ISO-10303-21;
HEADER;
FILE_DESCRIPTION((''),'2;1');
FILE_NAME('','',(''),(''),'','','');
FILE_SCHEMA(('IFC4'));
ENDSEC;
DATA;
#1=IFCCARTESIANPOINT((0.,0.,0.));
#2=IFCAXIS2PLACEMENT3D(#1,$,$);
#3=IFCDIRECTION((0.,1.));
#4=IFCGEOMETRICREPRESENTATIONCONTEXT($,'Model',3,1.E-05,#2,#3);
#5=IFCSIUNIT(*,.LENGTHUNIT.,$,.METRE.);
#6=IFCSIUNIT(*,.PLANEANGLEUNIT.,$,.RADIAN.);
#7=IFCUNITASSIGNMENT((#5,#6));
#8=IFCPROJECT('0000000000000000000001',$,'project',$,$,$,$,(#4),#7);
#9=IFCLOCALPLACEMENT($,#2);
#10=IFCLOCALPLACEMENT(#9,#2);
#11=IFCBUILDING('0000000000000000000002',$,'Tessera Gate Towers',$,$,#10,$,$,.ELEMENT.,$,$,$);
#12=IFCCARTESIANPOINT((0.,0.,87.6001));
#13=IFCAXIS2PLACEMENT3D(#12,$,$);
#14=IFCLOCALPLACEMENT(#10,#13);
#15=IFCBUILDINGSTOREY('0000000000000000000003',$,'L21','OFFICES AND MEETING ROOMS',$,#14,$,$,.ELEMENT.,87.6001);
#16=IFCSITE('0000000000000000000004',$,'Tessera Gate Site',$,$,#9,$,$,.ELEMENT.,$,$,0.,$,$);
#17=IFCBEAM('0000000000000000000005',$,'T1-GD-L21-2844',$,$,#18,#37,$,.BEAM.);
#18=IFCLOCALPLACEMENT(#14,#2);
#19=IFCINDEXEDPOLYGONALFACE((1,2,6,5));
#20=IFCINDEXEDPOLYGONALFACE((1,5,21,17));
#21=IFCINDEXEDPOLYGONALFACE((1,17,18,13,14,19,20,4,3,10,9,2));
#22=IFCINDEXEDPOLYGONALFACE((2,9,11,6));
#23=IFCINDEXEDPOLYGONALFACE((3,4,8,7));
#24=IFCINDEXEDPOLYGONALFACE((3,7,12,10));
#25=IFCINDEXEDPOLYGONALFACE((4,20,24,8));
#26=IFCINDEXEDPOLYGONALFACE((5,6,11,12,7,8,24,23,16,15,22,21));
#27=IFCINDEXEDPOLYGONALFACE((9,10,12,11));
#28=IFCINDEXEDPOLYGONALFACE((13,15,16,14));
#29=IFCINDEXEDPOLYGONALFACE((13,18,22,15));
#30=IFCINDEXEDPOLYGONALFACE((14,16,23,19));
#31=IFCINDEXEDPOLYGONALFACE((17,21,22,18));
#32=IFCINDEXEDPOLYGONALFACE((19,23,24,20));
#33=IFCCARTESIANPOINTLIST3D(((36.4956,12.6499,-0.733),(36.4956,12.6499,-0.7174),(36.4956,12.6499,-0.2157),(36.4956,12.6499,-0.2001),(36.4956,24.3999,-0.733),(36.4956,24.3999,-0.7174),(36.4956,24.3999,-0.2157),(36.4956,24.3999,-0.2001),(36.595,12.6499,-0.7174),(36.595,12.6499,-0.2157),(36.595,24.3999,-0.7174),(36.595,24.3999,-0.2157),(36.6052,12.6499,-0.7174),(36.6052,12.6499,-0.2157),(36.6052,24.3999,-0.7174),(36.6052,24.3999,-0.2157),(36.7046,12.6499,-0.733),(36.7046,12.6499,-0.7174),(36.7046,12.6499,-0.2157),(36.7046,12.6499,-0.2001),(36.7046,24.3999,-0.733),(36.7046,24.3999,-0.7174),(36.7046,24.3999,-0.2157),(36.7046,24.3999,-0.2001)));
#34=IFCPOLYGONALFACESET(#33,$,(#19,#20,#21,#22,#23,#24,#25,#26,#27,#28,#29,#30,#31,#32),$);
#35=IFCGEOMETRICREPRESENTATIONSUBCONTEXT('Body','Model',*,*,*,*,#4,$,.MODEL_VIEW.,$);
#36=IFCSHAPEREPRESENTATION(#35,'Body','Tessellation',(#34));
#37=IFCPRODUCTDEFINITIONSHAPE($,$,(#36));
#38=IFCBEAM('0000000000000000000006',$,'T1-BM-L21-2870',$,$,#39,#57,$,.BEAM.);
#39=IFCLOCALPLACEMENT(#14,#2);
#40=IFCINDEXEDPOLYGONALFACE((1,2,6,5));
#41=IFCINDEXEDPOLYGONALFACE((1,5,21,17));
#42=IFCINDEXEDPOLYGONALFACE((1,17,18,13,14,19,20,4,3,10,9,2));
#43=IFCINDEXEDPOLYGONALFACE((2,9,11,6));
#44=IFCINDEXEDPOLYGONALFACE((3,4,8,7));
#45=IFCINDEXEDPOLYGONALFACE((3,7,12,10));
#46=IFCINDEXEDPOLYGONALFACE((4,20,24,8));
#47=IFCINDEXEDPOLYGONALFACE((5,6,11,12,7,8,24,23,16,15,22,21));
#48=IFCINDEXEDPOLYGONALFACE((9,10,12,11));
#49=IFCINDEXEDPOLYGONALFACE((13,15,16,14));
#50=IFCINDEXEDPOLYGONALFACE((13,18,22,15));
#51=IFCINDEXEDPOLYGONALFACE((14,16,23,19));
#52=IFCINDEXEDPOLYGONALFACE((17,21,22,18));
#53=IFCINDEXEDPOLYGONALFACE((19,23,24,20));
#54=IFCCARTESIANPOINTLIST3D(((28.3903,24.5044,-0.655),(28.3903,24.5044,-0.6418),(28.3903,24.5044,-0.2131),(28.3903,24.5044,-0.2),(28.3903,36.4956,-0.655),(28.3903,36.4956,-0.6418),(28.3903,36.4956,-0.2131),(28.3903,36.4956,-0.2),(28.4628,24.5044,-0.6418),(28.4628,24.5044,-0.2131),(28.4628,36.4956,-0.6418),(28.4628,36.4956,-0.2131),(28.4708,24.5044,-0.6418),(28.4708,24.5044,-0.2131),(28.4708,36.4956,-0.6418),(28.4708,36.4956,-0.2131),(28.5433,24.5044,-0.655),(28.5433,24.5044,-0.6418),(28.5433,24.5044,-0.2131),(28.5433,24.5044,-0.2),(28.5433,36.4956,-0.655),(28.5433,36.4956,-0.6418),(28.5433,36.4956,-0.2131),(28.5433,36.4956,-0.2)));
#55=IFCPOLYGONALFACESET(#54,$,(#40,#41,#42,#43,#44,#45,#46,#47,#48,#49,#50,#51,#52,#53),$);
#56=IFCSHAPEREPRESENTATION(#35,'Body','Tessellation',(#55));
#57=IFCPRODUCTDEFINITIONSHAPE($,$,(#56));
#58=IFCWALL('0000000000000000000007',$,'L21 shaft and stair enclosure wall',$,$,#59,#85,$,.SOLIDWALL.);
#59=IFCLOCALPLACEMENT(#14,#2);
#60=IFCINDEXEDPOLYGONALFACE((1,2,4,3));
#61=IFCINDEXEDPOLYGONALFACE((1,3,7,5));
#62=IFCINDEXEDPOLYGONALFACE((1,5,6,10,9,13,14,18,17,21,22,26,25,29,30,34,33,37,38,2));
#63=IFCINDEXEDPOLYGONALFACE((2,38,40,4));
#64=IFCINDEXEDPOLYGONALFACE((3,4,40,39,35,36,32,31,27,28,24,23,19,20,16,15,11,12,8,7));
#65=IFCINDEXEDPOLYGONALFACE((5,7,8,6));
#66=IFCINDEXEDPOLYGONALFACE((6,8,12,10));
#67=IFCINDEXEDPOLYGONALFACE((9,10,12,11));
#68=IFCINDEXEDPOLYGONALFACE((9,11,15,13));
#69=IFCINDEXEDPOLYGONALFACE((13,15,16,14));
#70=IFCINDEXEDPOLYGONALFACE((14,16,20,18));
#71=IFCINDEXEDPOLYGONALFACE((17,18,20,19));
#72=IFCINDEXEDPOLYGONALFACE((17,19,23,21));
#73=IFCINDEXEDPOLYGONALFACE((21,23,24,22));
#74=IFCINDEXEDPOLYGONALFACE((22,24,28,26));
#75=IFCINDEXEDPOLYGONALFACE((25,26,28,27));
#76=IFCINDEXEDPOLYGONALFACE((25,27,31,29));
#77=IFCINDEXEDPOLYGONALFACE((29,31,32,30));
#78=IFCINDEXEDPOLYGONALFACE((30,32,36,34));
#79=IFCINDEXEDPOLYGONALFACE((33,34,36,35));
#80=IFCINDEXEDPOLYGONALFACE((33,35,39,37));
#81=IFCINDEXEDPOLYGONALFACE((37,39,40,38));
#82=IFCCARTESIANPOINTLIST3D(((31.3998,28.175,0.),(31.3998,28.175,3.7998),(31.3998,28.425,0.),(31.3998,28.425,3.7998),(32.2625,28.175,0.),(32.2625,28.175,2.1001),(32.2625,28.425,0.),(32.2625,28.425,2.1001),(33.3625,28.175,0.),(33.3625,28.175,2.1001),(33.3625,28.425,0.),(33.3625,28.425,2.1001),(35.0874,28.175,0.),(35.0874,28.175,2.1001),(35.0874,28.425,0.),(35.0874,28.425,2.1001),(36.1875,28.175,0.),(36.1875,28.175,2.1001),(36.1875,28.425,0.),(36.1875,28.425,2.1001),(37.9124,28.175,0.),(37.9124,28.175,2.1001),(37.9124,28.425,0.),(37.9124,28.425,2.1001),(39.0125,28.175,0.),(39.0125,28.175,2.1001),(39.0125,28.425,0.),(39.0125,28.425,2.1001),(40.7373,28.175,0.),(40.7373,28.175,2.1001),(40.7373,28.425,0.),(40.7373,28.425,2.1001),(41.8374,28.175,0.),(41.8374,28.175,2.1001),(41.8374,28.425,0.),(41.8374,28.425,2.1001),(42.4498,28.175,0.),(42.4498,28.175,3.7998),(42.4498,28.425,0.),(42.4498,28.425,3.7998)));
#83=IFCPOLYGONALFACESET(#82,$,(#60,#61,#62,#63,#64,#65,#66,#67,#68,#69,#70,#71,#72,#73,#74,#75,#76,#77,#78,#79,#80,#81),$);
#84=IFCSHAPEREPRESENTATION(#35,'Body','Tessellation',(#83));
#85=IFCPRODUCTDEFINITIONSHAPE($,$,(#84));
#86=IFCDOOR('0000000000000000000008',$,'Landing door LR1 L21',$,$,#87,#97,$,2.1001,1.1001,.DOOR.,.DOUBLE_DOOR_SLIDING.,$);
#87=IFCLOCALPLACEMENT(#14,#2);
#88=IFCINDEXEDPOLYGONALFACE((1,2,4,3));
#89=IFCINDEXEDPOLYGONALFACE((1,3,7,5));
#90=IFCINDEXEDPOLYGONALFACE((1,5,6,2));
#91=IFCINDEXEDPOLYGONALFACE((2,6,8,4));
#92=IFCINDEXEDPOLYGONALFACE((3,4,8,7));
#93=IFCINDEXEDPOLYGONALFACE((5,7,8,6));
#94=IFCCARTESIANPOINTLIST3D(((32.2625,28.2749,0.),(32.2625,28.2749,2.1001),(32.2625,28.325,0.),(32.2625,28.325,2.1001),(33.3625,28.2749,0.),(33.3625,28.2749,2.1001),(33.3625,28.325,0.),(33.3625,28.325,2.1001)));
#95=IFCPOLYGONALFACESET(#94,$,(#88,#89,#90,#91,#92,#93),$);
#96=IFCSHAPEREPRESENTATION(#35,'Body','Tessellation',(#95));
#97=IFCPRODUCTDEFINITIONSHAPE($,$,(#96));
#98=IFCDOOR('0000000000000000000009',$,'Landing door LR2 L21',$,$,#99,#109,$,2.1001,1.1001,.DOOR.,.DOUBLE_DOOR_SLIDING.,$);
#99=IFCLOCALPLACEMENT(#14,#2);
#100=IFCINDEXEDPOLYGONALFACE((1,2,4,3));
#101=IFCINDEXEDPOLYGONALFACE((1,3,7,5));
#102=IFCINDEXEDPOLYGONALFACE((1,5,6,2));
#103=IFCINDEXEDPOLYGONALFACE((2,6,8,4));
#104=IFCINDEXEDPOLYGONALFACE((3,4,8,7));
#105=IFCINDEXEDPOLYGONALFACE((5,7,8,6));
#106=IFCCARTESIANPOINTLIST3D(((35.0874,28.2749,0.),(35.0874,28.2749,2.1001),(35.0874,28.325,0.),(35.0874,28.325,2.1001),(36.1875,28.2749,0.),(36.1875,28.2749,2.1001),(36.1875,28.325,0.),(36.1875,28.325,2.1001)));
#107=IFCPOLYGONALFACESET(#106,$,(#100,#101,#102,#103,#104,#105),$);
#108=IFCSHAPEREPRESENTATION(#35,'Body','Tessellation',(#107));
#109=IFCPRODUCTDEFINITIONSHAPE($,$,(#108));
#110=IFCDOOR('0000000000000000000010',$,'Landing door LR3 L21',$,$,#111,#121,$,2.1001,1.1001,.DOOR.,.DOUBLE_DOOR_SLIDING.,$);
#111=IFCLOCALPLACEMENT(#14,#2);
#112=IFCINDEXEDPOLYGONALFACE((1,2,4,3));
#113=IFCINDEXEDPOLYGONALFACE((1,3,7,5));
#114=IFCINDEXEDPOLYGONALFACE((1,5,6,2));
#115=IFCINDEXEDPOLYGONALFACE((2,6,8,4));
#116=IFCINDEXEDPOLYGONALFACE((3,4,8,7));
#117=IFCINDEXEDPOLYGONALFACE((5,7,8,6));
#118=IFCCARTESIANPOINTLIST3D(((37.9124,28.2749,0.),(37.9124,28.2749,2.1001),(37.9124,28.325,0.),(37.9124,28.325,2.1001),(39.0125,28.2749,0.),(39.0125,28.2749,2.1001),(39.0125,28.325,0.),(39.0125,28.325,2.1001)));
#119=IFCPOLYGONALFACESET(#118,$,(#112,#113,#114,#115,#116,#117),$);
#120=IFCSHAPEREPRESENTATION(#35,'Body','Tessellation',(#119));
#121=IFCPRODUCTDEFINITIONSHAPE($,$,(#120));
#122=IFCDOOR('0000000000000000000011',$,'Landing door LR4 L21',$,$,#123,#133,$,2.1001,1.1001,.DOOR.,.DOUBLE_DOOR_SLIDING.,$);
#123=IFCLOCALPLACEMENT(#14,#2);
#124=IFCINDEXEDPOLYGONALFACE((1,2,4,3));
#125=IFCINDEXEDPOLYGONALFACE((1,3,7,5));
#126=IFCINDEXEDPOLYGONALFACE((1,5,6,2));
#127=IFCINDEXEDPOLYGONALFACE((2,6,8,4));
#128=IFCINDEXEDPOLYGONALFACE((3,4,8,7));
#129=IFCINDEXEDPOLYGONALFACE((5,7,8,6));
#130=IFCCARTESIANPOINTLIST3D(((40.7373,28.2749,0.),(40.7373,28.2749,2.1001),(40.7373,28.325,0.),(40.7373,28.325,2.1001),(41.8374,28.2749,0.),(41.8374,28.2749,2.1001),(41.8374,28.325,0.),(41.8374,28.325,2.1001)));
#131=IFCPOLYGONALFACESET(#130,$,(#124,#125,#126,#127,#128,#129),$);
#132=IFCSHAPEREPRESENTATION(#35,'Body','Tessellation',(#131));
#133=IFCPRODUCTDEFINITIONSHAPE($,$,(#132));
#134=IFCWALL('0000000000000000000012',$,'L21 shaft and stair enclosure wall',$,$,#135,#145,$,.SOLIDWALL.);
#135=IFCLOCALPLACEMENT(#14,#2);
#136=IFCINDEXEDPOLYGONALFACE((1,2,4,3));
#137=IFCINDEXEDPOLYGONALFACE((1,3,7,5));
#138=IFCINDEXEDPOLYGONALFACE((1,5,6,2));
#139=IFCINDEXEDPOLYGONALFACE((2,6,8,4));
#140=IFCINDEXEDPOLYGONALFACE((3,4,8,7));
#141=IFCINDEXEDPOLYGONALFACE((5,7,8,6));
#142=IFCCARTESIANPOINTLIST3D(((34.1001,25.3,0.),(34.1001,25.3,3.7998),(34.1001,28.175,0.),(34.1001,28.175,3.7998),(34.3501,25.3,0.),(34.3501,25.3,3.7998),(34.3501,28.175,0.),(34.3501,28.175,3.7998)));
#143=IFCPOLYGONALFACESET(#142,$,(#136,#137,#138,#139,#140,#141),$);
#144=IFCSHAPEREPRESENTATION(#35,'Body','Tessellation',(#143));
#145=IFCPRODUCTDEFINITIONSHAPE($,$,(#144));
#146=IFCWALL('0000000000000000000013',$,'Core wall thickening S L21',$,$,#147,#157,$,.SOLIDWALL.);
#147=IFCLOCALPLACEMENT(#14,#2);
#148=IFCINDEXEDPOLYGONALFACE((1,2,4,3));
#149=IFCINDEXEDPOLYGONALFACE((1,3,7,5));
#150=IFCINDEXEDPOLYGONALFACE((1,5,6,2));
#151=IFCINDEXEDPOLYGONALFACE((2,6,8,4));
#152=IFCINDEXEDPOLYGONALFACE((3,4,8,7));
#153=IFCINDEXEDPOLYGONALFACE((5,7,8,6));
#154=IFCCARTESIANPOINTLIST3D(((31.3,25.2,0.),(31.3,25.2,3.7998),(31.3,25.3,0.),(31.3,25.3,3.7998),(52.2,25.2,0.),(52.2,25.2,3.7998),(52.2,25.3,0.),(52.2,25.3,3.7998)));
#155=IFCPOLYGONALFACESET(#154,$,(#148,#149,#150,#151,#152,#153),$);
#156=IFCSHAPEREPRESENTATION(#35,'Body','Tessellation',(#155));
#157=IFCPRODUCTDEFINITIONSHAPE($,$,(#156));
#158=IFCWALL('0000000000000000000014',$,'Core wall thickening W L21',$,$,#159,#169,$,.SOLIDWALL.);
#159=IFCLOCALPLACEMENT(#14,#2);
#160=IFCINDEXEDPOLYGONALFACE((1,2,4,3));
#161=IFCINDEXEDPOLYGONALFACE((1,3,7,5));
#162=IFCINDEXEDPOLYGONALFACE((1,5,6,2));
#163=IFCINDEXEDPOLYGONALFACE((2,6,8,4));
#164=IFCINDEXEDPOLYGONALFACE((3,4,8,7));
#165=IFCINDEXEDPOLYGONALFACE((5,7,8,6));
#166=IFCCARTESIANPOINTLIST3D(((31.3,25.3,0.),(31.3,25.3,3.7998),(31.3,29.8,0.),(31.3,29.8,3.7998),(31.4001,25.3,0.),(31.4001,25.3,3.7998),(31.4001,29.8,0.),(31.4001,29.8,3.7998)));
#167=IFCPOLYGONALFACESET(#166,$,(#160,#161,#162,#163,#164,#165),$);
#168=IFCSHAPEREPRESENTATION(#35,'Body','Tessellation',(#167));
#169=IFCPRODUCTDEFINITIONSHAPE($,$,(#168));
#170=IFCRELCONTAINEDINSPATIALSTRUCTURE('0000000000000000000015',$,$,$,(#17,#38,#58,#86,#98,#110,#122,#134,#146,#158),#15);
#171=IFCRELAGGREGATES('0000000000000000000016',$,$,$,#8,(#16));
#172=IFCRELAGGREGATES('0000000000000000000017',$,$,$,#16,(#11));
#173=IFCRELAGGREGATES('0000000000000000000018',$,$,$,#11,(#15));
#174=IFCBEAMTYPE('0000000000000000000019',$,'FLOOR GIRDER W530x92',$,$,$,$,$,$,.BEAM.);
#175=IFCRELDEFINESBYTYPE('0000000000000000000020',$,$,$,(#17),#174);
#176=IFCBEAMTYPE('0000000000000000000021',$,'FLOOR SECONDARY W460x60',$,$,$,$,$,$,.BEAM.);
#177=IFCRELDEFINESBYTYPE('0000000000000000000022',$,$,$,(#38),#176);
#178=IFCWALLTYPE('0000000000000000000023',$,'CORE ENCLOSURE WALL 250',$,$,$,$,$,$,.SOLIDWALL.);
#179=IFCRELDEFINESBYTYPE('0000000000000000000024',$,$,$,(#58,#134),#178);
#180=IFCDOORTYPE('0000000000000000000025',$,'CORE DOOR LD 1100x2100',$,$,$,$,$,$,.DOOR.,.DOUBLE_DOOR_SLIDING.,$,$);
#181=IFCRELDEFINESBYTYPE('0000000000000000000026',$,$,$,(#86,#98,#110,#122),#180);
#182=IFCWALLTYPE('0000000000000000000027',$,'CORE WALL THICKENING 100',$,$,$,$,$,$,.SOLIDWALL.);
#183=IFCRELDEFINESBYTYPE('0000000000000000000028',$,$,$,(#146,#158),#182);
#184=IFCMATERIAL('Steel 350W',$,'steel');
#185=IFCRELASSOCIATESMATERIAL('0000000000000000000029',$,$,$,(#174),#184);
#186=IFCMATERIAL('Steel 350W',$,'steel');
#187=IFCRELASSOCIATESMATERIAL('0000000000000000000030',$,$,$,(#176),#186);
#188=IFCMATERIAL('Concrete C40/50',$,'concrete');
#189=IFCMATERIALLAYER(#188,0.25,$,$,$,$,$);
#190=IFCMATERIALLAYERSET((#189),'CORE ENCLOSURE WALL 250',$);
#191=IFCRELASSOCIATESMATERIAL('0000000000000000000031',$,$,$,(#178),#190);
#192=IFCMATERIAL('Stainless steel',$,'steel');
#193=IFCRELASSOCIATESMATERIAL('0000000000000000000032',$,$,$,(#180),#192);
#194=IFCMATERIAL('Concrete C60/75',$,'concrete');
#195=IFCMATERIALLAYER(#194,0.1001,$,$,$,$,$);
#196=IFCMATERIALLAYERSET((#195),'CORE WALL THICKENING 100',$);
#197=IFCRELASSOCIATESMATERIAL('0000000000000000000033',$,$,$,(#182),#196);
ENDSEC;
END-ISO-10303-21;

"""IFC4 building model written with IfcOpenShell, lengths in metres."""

from ifc_helpers import new_model, si_unit, direction, frame, frame_2d, origin, origin_2d, place, context, subcontext, project, spatial, rectangle, i_section, extrude, source, transform, mapped, material, layer, layer_set, material_profile, profile_set, type_object, element, fill, save


model = new_model("IFC4")

# Units and contexts
model_context = context("Model", 3, precision=1e-05, world=origin(), true_north=direction((0.0, 1.0)))
body_context = subcontext(model_context, "Body", "Model", "MODEL_VIEW")
ifc_project = project(units=[si_unit("LENGTHUNIT", "METRE"), si_unit("PLANEANGLEUNIT", "RADIAN")], contexts=[model_context])

# Site, building, storey
site_placement = place(None, origin())
site = spatial("IfcSite", under=ifc_project, at=site_placement, Name="Tessera Gate Site", CompositionType="ELEMENT", RefElevation=0.0)
building_placement = place(site_placement, origin())
building = spatial("IfcBuilding", under=site, at=building_placement, Name="Tessera Gate Towers", CompositionType="ELEMENT")
storey_placement = place(building_placement, frame((0.0, 0.0, 87.6001)))
storey = spatial("IfcBuildingStorey", under=building, at=storey_placement, Name="L21", Description="OFFICES AND MEETING ROOMS", CompositionType="ELEMENT", Elevation=87.6001)

# Beams
ifc_material_1 = material(Name="Steel 350W", Category="steel")
ifc_material_profile_1 = material_profile(ifc_material_1, i_section(OverallWidth=0.209, OverallDepth=0.533, WebThickness=0.0103, FlangeThickness=0.0156, at=origin_2d()), Name="W530x92")
ifc_profile_set_1 = profile_set([ifc_material_profile_1], Name="Steel 350W")
beam_type_1 = type_object("IfcBeamType", Name="FLOOR GIRDER W530x92", PredefinedType="BEAM", material=ifc_profile_set_1)
beam_1_placement = place(storey_placement, frame((36.6001, 12.6499, -0.4666), z_axis=(0.0, 1.0, 0.0), x_axis=(-1.0, 0.0, 0.0)))
element("IfcBeam", 1, at=beam_1_placement, inside=storey, type_object=beam_type_1, Name="T1-GD-L21-2844", PredefinedType="BEAM", context=body_context, shape_type="SweptSolid", body=[
    extrude(i_section(OverallWidth=0.209, OverallDepth=0.533, WebThickness=0.0103, FlangeThickness=0.0156, at=origin_2d()), origin(), (0.0, 0.0, 1.0), 11.75),
])
ifc_material_2 = material(Name="Steel 350W", Category="steel")
ifc_material_profile_2 = material_profile(ifc_material_2, i_section(OverallWidth=0.1531, OverallDepth=0.4551, WebThickness=0.0081, FlangeThickness=0.0132, at=origin_2d()), Name="W460x60")
ifc_profile_set_2 = profile_set([ifc_material_profile_2], Name="Steel 350W")
beam_type_2 = type_object("IfcBeamType", Name="FLOOR SECONDARY W460x60", PredefinedType="BEAM", material=ifc_profile_set_2)
beam_2_placement = place(storey_placement, frame((28.4668, 24.5044, -0.4275), z_axis=(0.0, 1.0, 0.0), x_axis=(-1.0, 0.0, 0.0)))
element("IfcBeam", 2, at=beam_2_placement, inside=storey, type_object=beam_type_2, Name="T1-BM-L21-2870", PredefinedType="BEAM", context=body_context, shape_type="SweptSolid", body=[
    extrude(i_section(OverallWidth=0.1531, OverallDepth=0.4551, WebThickness=0.0081, FlangeThickness=0.0132, at=origin_2d()), origin(), (0.0, 0.0, 1.0), 11.9912),
])

# Wall, openings, doors
ifc_material_3 = material(Name="Concrete C40/50", Category="concrete")
ifc_layer_1 = layer(ifc_material_3, 0.25)
ifc_layer_set_1 = layer_set([ifc_layer_1], Name="CORE ENCLOSURE WALL 250")
wall_type_1 = type_object("IfcWallType", Name="CORE ENCLOSURE WALL 250", PredefinedType="SOLIDWALL", material=ifc_layer_set_1)
wall_1_placement = place(storey_placement, frame((31.3999, 28.3, 0.0), z_axis=(0.0, 0.0, 1.0), x_axis=(1.0, 0.0, 0.0)))
wall_1 = element("IfcWall", 3, at=wall_1_placement, inside=storey, type_object=wall_type_1, Name="L21 shaft and stair enclosure wall", PredefinedType="SOLIDWALL", context=body_context, shape_type="SweptSolid", body=[
    extrude(rectangle(XDim=11.05, YDim=0.25, at=frame_2d((5.5249, 0.0))), origin(), (0.0, 0.0, 1.0), 3.7998),
])
shared_shape_1 = source(origin(), body_context, "Body", "SweptSolid", [
    extrude(rectangle(XDim=1.1001, YDim=2.1001, at=frame_2d((0.55, 1.05))), frame((0.0, 0.135, 0.0), z_axis=(0.0, -1.0, 0.0), x_axis=(1.0, 0.0, 0.0)), (0.0, 0.0, 1.0), 0.27),
])
opening_1_placement = place(wall_1_placement, frame((0.8625, 0.0, 0.0)))
opening_1 = element("IfcOpeningElement", 4, at=opening_1_placement, cuts=wall_1, PredefinedType="OPENING", context=body_context, shape_type="MappedRepresentation", body=[
    mapped(shared_shape_1, transform((0.0, 0.0, 0.0), scale=1.0)),
])
opening_2_placement = place(wall_1_placement, frame((3.6875, 0.0, 0.0)))
opening_2 = element("IfcOpeningElement", 5, at=opening_2_placement, cuts=wall_1, PredefinedType="OPENING", context=body_context, shape_type="MappedRepresentation", body=[
    mapped(shared_shape_1, transform((0.0, 0.0, 0.0), scale=1.0)),
])
opening_3_placement = place(wall_1_placement, frame((6.5125, 0.0, 0.0)))
opening_3 = element("IfcOpeningElement", 6, at=opening_3_placement, cuts=wall_1, PredefinedType="OPENING", context=body_context, shape_type="MappedRepresentation", body=[
    mapped(shared_shape_1, transform((0.0, 0.0, 0.0), scale=1.0)),
])
opening_4_placement = place(wall_1_placement, frame((9.3374, 0.0, 0.0)))
opening_4 = element("IfcOpeningElement", 7, at=opening_4_placement, cuts=wall_1, PredefinedType="OPENING", context=body_context, shape_type="MappedRepresentation", body=[
    mapped(shared_shape_1, transform((0.0, 0.0, 0.0), scale=1.0)),
])
ifc_material_4 = material(Name="Stainless steel", Category="steel")
door_type_1 = type_object("IfcDoorType", Name="CORE DOOR LD 1100x2100", OperationType="DOUBLE_DOOR_SLIDING", PredefinedType="DOOR", material=ifc_material_4)
shared_shape_2 = source(origin(), body_context, "Body", "SweptSolid", [
    extrude(rectangle(XDim=1.1001, YDim=2.1001, at=frame_2d((0.55, 1.05))), frame((0.0, 0.0249, 0.0), z_axis=(0.0, -1.0, 0.0), x_axis=(1.0, 0.0, 0.0)), (0.0, 0.0, 1.0), 0.05),
])
door_1_placement = place(opening_1_placement, origin())
door_1 = element("IfcDoor", 8, at=door_1_placement, inside=storey, type_object=door_type_1, Name="Landing door LR1 L21", OperationType="DOUBLE_DOOR_SLIDING", OverallHeight=2.1001, OverallWidth=1.1001, PredefinedType="DOOR", context=body_context, shape_type="MappedRepresentation", body=[
    mapped(shared_shape_2, transform((0.0, 0.0, 0.0), scale=1.0)),
])
fill(opening_1, door_1)
door_2_placement = place(opening_2_placement, origin())
door_2 = element("IfcDoor", 9, at=door_2_placement, inside=storey, type_object=door_type_1, Name="Landing door LR2 L21", OperationType="DOUBLE_DOOR_SLIDING", OverallHeight=2.1001, OverallWidth=1.1001, PredefinedType="DOOR", context=body_context, shape_type="MappedRepresentation", body=[
    mapped(shared_shape_2, transform((0.0, 0.0, 0.0), scale=1.0)),
])
fill(opening_2, door_2)
door_3_placement = place(opening_3_placement, origin())
door_3 = element("IfcDoor", 10, at=door_3_placement, inside=storey, type_object=door_type_1, Name="Landing door LR3 L21", OperationType="DOUBLE_DOOR_SLIDING", OverallHeight=2.1001, OverallWidth=1.1001, PredefinedType="DOOR", context=body_context, shape_type="MappedRepresentation", body=[
    mapped(shared_shape_2, transform((0.0, 0.0, 0.0), scale=1.0)),
])
fill(opening_3, door_3)
door_4_placement = place(opening_4_placement, origin())
door_4 = element("IfcDoor", 11, at=door_4_placement, inside=storey, type_object=door_type_1, Name="Landing door LR4 L21", OperationType="DOUBLE_DOOR_SLIDING", OverallHeight=2.1001, OverallWidth=1.1001, PredefinedType="DOOR", context=body_context, shape_type="MappedRepresentation", body=[
    mapped(shared_shape_2, transform((0.0, 0.0, 0.0), scale=1.0)),
])
fill(opening_4, door_4)

# Wall
wall_2_placement = place(storey_placement, frame((34.2251, 25.3, 0.0), z_axis=(0.0, 0.0, 1.0), x_axis=(0.0, 1.0, 0.0)))
element("IfcWall", 12, at=wall_2_placement, inside=storey, type_object=wall_type_1, Name="L21 shaft and stair enclosure wall", PredefinedType="SOLIDWALL", context=body_context, shape_type="SweptSolid", body=[
    extrude(rectangle(XDim=2.875, YDim=0.25, at=frame_2d((1.4375, 0.0))), origin(), (0.0, 0.0, 1.0), 3.7998),
])

# Walls
ifc_material_5 = material(Name="Concrete C60/75", Category="concrete")
ifc_layer_2 = layer(ifc_material_5, 0.1001)
ifc_layer_set_2 = layer_set([ifc_layer_2], Name="CORE WALL THICKENING 100")
wall_type_2 = type_object("IfcWallType", Name="CORE WALL THICKENING 100", PredefinedType="SOLIDWALL", material=ifc_layer_set_2)
wall_3_placement = place(storey_placement, frame((31.3, 25.25, 0.0), z_axis=(0.0, 0.0, 1.0), x_axis=(1.0, 0.0, 0.0)))
element("IfcWall", 13, at=wall_3_placement, inside=storey, type_object=wall_type_2, Name="Core wall thickening S L21", PredefinedType="SOLIDWALL", context=body_context, shape_type="SweptSolid", body=[
    extrude(rectangle(XDim=20.8999, YDim=0.1001, at=frame_2d((10.45, 0.0))), origin(), (0.0, 0.0, 1.0), 3.7998),
])
wall_4_placement = place(storey_placement, frame((31.3501, 25.3, 0.0), z_axis=(0.0, 0.0, 1.0), x_axis=(0.0, 1.0, 0.0)))
element("IfcWall", 14, at=wall_4_placement, inside=storey, type_object=wall_type_2, Name="Core wall thickening W L21", PredefinedType="SOLIDWALL", context=body_context, shape_type="SweptSolid", body=[
    extrude(rectangle(XDim=4.5, YDim=0.1001, at=frame_2d((2.25, 0.0))), origin(), (0.0, 0.0, 1.0), 3.7998),
])

save(model, "model.ifc")
